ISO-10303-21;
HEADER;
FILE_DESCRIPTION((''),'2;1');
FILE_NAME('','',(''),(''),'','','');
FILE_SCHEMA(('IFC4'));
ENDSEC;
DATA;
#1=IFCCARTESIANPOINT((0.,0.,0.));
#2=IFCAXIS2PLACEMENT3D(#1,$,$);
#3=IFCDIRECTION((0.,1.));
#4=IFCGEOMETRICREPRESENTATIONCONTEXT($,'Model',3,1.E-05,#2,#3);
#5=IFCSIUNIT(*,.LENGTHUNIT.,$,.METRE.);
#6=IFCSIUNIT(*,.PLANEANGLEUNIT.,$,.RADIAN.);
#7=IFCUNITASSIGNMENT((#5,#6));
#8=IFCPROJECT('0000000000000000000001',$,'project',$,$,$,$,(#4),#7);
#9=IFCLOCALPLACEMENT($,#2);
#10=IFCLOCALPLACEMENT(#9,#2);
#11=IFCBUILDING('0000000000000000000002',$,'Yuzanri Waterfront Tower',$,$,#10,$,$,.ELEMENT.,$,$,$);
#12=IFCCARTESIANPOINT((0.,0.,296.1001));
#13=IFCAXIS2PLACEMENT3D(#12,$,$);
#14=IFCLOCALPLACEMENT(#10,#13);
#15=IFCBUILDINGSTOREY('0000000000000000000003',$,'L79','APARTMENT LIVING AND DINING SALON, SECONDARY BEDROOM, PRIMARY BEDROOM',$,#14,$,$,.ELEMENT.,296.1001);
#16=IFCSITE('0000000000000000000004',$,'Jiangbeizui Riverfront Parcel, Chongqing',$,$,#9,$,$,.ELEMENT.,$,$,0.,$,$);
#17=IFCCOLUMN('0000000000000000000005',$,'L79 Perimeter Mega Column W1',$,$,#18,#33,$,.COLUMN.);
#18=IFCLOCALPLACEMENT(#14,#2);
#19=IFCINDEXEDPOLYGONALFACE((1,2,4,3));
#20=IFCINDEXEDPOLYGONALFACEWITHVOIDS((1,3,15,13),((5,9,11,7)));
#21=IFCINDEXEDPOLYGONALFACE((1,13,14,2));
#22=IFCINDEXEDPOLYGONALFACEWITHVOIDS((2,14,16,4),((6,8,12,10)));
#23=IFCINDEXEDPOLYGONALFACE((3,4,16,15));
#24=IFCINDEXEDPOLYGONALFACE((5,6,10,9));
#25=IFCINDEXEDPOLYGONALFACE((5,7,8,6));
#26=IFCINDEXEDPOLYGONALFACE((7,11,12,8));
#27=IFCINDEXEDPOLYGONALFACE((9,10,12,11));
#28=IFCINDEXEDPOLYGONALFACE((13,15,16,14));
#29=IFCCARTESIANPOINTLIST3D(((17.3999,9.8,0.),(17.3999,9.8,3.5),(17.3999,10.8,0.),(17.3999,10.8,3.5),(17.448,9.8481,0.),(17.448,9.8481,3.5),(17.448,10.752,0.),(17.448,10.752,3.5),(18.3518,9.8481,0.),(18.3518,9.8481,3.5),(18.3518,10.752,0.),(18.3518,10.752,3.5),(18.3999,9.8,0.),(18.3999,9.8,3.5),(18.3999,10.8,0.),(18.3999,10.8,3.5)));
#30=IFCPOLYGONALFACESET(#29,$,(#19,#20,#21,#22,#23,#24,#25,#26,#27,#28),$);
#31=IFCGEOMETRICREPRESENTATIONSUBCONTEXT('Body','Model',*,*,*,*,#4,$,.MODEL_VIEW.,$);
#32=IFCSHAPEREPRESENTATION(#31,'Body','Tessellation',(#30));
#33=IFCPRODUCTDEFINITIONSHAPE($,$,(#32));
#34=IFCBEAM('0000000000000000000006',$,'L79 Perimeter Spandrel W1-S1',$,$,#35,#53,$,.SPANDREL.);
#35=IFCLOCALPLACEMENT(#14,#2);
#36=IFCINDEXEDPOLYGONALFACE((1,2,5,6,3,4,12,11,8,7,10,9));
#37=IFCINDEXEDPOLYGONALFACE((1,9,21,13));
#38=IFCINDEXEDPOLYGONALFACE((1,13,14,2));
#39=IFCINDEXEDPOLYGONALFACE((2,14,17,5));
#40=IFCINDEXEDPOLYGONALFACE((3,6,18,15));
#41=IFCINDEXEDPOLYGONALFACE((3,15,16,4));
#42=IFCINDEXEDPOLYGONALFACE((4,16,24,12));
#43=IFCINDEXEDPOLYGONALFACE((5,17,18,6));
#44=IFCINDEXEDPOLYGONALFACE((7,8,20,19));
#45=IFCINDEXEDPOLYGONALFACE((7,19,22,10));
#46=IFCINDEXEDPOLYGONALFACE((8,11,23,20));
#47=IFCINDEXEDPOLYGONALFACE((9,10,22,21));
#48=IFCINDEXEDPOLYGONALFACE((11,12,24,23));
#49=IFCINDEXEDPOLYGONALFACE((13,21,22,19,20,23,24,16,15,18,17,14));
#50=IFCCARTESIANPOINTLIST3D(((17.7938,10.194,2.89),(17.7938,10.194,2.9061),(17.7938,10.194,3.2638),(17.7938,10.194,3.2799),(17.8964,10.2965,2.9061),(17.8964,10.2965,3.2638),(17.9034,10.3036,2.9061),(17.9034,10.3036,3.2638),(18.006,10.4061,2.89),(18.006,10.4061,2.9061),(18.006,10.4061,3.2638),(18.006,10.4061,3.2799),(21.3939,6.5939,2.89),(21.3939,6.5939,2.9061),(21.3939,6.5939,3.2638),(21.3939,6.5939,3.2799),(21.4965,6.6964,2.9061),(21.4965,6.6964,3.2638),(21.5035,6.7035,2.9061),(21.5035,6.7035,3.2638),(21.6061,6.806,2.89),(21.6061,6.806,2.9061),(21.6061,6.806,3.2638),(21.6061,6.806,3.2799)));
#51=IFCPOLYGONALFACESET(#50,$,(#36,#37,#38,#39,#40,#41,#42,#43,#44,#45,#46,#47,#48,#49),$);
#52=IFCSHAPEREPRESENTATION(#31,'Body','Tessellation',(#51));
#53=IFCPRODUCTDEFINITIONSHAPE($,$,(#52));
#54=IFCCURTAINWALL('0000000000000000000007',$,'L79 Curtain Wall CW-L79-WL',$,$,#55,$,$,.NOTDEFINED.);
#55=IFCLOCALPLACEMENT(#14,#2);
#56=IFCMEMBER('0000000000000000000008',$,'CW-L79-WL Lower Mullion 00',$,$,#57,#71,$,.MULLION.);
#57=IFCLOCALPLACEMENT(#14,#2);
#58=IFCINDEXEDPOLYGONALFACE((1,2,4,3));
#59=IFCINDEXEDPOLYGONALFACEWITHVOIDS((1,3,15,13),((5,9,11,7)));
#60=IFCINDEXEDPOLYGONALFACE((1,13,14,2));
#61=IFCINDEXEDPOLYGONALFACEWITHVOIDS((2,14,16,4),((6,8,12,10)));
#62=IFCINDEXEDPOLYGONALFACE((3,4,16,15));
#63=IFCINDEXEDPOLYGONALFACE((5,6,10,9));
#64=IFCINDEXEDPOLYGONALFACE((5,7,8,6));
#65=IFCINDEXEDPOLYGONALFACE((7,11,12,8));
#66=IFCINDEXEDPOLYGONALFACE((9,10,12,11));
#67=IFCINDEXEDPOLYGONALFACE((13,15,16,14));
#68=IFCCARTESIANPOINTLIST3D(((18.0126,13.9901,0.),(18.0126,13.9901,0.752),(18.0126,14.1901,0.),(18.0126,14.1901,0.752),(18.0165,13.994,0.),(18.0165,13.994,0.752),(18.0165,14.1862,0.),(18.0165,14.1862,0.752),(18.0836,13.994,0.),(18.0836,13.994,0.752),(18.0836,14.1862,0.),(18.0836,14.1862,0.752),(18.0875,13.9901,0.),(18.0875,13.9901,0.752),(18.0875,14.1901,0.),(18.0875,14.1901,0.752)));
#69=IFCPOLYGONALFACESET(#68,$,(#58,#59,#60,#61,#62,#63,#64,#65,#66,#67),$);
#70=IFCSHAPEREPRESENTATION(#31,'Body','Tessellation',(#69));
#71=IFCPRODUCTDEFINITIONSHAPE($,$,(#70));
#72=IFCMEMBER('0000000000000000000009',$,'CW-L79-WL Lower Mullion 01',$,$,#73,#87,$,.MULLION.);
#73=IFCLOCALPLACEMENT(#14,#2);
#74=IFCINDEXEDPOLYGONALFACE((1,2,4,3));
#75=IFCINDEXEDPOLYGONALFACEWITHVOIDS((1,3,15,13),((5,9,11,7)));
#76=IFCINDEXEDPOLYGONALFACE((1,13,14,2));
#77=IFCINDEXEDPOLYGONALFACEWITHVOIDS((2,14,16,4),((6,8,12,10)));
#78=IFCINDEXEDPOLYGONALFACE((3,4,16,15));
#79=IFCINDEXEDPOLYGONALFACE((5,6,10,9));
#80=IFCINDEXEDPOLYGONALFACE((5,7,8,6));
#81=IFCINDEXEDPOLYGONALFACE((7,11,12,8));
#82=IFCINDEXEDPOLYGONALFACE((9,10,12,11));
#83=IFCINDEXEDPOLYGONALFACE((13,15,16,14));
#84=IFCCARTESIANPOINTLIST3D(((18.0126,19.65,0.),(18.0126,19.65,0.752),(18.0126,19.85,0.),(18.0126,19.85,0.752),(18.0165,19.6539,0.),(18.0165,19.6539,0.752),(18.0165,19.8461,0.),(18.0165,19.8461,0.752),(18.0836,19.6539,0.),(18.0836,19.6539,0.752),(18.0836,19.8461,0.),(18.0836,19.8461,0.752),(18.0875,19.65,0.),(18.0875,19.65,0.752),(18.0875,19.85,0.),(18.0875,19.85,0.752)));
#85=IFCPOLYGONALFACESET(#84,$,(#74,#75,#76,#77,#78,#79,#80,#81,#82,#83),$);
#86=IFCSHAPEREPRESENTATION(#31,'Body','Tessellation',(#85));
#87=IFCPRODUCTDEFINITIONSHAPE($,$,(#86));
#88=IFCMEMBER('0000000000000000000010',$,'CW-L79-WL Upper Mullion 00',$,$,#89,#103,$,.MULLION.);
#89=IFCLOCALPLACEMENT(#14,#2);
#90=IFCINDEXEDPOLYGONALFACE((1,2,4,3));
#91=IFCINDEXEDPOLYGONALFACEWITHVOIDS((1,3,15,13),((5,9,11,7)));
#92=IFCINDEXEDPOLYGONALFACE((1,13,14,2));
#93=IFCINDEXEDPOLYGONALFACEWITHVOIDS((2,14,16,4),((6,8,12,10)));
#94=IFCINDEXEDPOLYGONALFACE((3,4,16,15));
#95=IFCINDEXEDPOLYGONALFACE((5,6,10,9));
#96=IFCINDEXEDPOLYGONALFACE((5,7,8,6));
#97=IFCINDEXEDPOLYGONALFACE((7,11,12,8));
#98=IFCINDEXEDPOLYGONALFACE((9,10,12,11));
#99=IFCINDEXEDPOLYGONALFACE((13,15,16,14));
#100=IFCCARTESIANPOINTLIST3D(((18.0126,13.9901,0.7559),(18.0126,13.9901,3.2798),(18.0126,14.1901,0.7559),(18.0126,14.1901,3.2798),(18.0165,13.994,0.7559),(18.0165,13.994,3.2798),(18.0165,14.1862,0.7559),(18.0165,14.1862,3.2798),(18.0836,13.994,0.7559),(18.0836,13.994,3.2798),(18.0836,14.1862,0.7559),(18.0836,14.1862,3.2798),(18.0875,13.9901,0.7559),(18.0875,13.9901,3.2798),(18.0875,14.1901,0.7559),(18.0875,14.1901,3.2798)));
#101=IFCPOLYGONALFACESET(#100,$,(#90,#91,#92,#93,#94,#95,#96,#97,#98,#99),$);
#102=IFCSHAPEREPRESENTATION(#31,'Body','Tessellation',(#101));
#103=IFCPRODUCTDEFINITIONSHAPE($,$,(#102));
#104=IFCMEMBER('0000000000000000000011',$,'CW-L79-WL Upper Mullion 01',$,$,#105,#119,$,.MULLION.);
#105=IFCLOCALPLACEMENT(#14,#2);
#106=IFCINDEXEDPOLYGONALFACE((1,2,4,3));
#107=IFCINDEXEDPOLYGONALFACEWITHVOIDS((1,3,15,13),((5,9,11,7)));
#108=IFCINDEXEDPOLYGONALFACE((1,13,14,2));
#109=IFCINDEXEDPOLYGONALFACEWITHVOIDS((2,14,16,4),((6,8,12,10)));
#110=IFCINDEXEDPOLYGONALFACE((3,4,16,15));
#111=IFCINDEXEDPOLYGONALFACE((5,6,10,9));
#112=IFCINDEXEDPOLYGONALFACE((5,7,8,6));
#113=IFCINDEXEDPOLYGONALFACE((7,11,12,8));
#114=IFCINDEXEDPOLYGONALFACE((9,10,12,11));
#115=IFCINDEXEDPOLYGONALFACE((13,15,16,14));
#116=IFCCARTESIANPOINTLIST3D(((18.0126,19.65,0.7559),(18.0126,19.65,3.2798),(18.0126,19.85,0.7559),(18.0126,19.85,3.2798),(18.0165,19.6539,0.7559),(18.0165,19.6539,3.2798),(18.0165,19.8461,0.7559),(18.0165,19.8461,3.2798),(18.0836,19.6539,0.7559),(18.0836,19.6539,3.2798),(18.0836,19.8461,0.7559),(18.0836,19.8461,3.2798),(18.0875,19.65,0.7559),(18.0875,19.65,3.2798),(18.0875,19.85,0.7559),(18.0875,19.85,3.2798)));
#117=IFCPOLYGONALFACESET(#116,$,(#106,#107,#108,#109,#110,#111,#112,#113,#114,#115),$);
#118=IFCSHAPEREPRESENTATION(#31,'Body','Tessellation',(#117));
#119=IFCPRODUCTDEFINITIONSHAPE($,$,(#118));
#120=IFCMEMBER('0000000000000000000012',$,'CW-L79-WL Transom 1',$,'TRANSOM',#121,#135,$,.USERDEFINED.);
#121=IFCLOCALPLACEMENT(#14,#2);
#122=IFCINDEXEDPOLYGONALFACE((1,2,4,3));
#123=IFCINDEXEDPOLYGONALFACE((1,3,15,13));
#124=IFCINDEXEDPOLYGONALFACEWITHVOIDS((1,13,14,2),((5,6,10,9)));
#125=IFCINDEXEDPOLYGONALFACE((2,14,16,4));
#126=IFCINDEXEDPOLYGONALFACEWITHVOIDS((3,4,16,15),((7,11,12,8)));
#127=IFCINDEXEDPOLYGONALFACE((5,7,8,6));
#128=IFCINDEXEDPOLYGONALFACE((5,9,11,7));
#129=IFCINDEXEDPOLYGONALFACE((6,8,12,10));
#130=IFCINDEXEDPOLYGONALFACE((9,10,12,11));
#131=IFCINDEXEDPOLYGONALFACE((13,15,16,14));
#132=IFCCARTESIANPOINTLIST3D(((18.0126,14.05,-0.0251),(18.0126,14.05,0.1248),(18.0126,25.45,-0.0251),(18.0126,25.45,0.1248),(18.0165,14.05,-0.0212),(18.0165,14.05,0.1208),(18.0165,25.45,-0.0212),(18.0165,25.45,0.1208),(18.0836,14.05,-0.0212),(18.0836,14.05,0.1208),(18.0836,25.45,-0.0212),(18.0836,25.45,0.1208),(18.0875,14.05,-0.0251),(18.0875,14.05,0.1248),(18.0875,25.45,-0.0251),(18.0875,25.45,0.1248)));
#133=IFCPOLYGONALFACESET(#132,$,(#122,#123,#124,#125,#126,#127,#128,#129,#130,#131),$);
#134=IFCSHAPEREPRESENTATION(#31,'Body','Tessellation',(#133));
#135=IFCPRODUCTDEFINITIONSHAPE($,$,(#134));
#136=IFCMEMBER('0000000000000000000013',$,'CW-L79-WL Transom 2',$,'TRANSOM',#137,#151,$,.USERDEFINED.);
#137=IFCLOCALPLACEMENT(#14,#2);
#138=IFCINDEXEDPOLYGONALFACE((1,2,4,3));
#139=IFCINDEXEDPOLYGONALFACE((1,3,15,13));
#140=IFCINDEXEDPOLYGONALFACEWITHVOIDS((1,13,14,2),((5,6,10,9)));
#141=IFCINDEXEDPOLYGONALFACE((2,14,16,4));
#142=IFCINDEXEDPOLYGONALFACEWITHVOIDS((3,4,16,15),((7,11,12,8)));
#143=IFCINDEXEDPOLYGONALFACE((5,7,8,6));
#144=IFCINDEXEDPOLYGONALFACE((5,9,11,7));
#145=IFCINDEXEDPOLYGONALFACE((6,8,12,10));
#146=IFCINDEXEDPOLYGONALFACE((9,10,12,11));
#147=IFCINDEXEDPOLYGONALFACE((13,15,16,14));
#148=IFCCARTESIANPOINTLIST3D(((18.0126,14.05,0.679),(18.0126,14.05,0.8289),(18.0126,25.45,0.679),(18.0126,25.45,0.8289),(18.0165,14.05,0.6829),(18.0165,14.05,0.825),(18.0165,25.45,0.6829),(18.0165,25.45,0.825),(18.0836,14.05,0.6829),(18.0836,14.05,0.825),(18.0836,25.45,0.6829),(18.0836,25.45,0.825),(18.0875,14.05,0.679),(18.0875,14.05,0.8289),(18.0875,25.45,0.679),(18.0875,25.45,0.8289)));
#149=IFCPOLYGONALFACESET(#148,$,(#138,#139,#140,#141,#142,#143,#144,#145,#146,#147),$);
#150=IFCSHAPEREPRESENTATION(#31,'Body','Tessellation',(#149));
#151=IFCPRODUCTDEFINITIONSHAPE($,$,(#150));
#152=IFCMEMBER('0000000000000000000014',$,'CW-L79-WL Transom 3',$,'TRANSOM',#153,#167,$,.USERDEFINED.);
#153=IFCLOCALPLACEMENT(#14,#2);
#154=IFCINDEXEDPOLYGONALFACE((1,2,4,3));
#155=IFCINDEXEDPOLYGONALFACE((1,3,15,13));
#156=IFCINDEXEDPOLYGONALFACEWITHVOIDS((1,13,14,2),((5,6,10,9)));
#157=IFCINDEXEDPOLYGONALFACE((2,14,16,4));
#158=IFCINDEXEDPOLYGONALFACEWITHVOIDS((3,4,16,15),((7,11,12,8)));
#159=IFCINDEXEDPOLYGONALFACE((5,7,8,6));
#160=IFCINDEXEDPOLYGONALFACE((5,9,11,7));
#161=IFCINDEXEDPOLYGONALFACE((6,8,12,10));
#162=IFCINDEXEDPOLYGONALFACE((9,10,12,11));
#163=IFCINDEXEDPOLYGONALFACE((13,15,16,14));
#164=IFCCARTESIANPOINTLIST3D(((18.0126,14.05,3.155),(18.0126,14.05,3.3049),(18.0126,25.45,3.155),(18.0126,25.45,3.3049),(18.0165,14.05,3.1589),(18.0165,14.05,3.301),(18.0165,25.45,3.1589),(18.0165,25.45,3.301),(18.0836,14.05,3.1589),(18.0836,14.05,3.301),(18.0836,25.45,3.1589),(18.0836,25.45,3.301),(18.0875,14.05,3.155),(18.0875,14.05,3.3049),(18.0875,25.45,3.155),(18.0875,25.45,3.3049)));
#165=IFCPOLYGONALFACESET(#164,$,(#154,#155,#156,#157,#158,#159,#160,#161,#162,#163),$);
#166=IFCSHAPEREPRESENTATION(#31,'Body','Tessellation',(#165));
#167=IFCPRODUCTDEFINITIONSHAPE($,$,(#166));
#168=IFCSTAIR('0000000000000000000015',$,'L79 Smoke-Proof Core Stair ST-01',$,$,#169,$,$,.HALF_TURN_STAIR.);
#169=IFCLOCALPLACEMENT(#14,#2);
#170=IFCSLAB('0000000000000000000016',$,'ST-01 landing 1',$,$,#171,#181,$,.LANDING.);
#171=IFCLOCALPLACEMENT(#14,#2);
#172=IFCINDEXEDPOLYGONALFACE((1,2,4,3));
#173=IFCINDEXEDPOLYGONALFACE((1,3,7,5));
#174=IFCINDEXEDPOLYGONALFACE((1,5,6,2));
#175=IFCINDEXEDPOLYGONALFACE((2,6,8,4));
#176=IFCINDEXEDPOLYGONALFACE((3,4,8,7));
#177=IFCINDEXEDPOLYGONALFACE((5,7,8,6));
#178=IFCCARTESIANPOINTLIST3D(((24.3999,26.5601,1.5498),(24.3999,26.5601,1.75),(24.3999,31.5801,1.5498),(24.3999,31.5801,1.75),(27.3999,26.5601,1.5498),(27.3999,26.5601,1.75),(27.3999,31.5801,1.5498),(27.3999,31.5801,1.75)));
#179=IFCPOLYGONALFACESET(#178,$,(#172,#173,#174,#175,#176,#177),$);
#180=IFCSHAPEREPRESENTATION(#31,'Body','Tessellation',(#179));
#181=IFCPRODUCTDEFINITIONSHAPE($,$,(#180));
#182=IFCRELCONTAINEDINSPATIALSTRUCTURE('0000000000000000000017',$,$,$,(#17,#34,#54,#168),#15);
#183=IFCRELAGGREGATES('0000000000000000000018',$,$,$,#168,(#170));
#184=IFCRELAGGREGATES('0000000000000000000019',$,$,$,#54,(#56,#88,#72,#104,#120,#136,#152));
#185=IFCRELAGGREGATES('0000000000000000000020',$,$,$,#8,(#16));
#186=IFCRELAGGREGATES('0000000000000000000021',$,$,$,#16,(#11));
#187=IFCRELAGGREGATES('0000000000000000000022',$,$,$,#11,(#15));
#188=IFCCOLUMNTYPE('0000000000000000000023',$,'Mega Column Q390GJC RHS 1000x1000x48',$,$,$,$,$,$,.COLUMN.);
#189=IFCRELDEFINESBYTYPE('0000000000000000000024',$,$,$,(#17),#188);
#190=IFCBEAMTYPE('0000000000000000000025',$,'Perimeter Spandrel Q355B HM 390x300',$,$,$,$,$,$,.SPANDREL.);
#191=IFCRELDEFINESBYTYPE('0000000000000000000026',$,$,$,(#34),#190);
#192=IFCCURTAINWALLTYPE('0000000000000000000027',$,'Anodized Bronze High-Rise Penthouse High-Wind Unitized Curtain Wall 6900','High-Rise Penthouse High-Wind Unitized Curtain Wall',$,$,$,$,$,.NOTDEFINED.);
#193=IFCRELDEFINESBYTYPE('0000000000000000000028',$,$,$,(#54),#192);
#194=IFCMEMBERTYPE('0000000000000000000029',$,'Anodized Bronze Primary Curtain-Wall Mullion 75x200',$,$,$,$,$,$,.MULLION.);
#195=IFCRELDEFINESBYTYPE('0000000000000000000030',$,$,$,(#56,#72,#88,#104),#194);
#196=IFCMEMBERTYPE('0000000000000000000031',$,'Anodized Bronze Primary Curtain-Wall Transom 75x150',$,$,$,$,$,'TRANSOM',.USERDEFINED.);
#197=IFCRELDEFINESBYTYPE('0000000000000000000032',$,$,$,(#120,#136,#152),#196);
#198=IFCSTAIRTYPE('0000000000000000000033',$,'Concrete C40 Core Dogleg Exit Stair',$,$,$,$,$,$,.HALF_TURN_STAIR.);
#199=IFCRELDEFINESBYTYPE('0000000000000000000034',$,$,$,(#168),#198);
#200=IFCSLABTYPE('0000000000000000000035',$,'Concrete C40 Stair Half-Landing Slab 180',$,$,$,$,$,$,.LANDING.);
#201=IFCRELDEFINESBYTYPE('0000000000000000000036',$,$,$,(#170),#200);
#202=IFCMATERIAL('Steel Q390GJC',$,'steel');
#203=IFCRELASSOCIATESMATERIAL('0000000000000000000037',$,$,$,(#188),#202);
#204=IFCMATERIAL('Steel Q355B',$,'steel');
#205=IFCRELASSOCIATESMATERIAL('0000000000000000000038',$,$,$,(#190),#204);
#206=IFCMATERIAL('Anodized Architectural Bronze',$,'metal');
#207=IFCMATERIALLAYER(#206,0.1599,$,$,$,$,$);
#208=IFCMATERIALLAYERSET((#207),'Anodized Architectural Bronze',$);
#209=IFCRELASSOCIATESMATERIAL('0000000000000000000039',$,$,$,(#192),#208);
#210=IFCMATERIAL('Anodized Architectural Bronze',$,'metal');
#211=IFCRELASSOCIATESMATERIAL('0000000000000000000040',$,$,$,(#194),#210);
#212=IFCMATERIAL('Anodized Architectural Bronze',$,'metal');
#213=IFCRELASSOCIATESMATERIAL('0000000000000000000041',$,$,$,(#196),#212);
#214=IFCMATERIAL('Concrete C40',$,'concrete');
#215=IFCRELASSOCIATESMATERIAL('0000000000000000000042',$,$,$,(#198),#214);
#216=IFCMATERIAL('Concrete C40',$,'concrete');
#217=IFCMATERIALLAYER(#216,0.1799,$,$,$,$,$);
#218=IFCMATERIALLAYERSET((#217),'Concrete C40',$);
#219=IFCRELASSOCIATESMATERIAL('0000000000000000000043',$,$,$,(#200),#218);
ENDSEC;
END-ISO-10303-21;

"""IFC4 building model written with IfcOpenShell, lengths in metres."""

from ifc_helpers import new_model, si_unit, direction, frame, origin, origin_2d, place, context, subcontext, project, spatial, polyline, hollow_rectangle, i_section, outline, extrude, source, transform, mapped, material, layer, layer_set, material_profile, profile_set, type_object, element, aggregate, save


model = new_model("IFC4")

# Units and contexts
model_context = context("Model", 3, precision=1e-05, world=origin(), true_north=direction((0.0, 1.0)))
body_context = subcontext(model_context, "Body", "Model", "MODEL_VIEW")
ifc_project = project(units=[si_unit("LENGTHUNIT", "METRE"), si_unit("PLANEANGLEUNIT", "RADIAN")], contexts=[model_context])

# Site, building, storey
site_placement = place(None, origin())
site = spatial("IfcSite", under=ifc_project, at=site_placement, Name="Jiangbeizui Riverfront Parcel, Chongqing", CompositionType="ELEMENT", RefElevation=0.0)
building_placement = place(site_placement, origin())
building = spatial("IfcBuilding", under=site, at=building_placement, Name="Yuzanri Waterfront Tower", CompositionType="ELEMENT")
storey_placement = place(building_placement, frame((0.0, 0.0, 296.1001)))
storey = spatial("IfcBuildingStorey", under=building, at=storey_placement, Name="L79", Description="APARTMENT LIVING AND DINING SALON, SECONDARY BEDROOM, PRIMARY BEDROOM", CompositionType="ELEMENT", Elevation=296.1001)

# Column
ifc_material_1 = material(Name="Steel Q390GJC", Category="steel")
ifc_material_profile_1 = material_profile(ifc_material_1, hollow_rectangle(XDim=1.0, YDim=1.0, WallThickness=0.0481, at=origin_2d()), Name="RHS 1000x1000x48")
ifc_profile_set_1 = profile_set([ifc_material_profile_1], Name="Steel Q390GJC")
column_type = type_object("IfcColumnType", Name="Mega Column Q390GJC RHS 1000x1000x48", PredefinedType="COLUMN", material=ifc_profile_set_1)
shared_shape_1 = source(origin(), body_context, "Body", "SweptSolid", [
    extrude(hollow_rectangle(XDim=1.0, YDim=1.0, WallThickness=0.0481, at=origin_2d()), origin(), (0.0, 0.0, 1.0), 3.5),
])
column_placement = place(storey_placement, frame((17.8999, 10.3, 0.0), z_axis=(0.0, 0.0, 1.0), x_axis=(1.0, 0.0, 0.0)))
element("IfcColumn", 1, at=column_placement, inside=storey, type_object=column_type, Name="L79 Perimeter Mega Column W1", PredefinedType="COLUMN", context=body_context, shape_type="MappedRepresentation", body=[
    mapped(shared_shape_1, transform((0.0, 0.0, 0.0), scale=1.0)),
])

# Beam
ifc_material_2 = material(Name="Steel Q355B", Category="steel")
ifc_material_profile_2 = material_profile(ifc_material_2, i_section(OverallWidth=0.3, OverallDepth=0.3899, WebThickness=0.01, FlangeThickness=0.0161, at=origin_2d()), Name="HM 390x300x10x16")
ifc_profile_set_2 = profile_set([ifc_material_profile_2], Name="Steel Q355B")
beam_type = type_object("IfcBeamType", Name="Perimeter Spandrel Q355B HM 390x300", PredefinedType="SPANDREL", material=ifc_profile_set_2)
shared_shape_2 = source(origin(), body_context, "Body", "SweptSolid", [
    extrude(i_section(OverallWidth=0.3, OverallDepth=0.3899, WebThickness=0.01, FlangeThickness=0.0161, at=origin_2d()), origin(), (0.0, 0.0, 1.0), 5.0913),
])
beam_placement = place(storey_placement, frame((17.8999, 10.3, 3.085), z_axis=(0.707107, -0.707107, 0.0), x_axis=(0.707107, 0.707107, 0.0)))
element("IfcBeam", 2, at=beam_placement, inside=storey, type_object=beam_type, Name="L79 Perimeter Spandrel W1-S1", PredefinedType="SPANDREL", context=body_context, shape_type="MappedRepresentation", body=[
    mapped(shared_shape_2, transform((0.0, 0.0, 0.0), scale=1.0)),
])

# Curtain wall, members
ifc_material_3 = material(Name="Anodized Architectural Bronze", Category="metal")
ifc_layer_1 = layer(ifc_material_3, 0.1599)
ifc_layer_set_1 = layer_set([ifc_layer_1], Name="Anodized Architectural Bronze")
curtain_wall_type = type_object("IfcCurtainWallType", Name="Anodized Bronze High-Rise Penthouse High-Wind Unitized Curtain Wall 6900", Description="High-Rise Penthouse High-Wind Unitized Curtain Wall", PredefinedType="NOTDEFINED", material=ifc_layer_set_1)
curtain_wall_placement = place(storey_placement, origin())
curtain_wall = element("IfcCurtainWall", 3, at=curtain_wall_placement, inside=storey, type_object=curtain_wall_type, Name="L79 Curtain Wall CW-L79-WL", PredefinedType="NOTDEFINED")
ifc_material_4 = material(Name="Anodized Architectural Bronze", Category="metal")
ifc_material_profile_3 = material_profile(ifc_material_4, hollow_rectangle(XDim=0.075, YDim=0.2, WallThickness=0.0039, at=origin_2d()), Name="CWM 75x200")
ifc_profile_set_3 = profile_set([ifc_material_profile_3], Name="Anodized Architectural Bronze")
member_type_1 = type_object("IfcMemberType", Name="Anodized Bronze Primary Curtain-Wall Mullion 75x200", PredefinedType="MULLION", material=ifc_profile_set_3)
shared_shape_3 = source(origin(), body_context, "Body", "SweptSolid", [
    extrude(hollow_rectangle(XDim=0.075, YDim=0.2, WallThickness=0.0039, at=origin_2d()), origin(), (0.0, 0.0, 1.0), 0.752),
])
member_1_placement = place(storey_placement, frame((18.05, 14.0901, 0.0), z_axis=(0.0, 0.0, 1.0), x_axis=(1.0, 0.0, 0.0)))
member_1 = element("IfcMember", 4, at=member_1_placement, type_object=member_type_1, Name="CW-L79-WL Lower Mullion 00", PredefinedType="MULLION", context=body_context, shape_type="MappedRepresentation", body=[
    mapped(shared_shape_3, transform((0.0, 0.0, 0.0), scale=1.0)),
])
member_2_placement = place(storey_placement, frame((18.05, 19.75, 0.0), z_axis=(0.0, 0.0, 1.0), x_axis=(1.0, 0.0, 0.0)))
member_2 = element("IfcMember", 5, at=member_2_placement, type_object=member_type_1, Name="CW-L79-WL Lower Mullion 01", PredefinedType="MULLION", context=body_context, shape_type="MappedRepresentation", body=[
    mapped(shared_shape_3, transform((0.0, 0.0, 0.0), scale=1.0)),
])
shared_shape_4 = source(origin(), body_context, "Body", "SweptSolid", [
    extrude(hollow_rectangle(XDim=0.075, YDim=0.2, WallThickness=0.0039, at=origin_2d()), origin(), (0.0, 0.0, 1.0), 2.5239),
])
member_3_placement = place(storey_placement, frame((18.05, 14.0901, 0.7559), z_axis=(0.0, 0.0, 1.0), x_axis=(1.0, 0.0, 0.0)))
member_3 = element("IfcMember", 6, at=member_3_placement, type_object=member_type_1, Name="CW-L79-WL Upper Mullion 00", PredefinedType="MULLION", context=body_context, shape_type="MappedRepresentation", body=[
    mapped(shared_shape_4, transform((0.0, 0.0, 0.0), scale=1.0)),
])
member_4_placement = place(storey_placement, frame((18.05, 19.75, 0.7559), z_axis=(0.0, 0.0, 1.0), x_axis=(1.0, 0.0, 0.0)))
member_4 = element("IfcMember", 7, at=member_4_placement, type_object=member_type_1, Name="CW-L79-WL Upper Mullion 01", PredefinedType="MULLION", context=body_context, shape_type="MappedRepresentation", body=[
    mapped(shared_shape_4, transform((0.0, 0.0, 0.0), scale=1.0)),
])
ifc_material_5 = material(Name="Anodized Architectural Bronze", Category="metal")
ifc_material_profile_4 = material_profile(ifc_material_5, hollow_rectangle(XDim=0.075, YDim=0.1499, WallThickness=0.0039, at=origin_2d()), Name="CWT 75x150")
ifc_profile_set_4 = profile_set([ifc_material_profile_4], Name="Anodized Architectural Bronze")
member_type_2 = type_object("IfcMemberType", Name="Anodized Bronze Primary Curtain-Wall Transom 75x150", ElementType="TRANSOM", PredefinedType="USERDEFINED", material=ifc_profile_set_4)
shared_shape_5 = source(origin(), body_context, "Body", "SweptSolid", [
    extrude(hollow_rectangle(XDim=0.075, YDim=0.1499, WallThickness=0.0039, at=origin_2d()), origin(), (0.0, 0.0, 1.0), 11.3999),
])
member_5_placement = place(storey_placement, frame((18.05, 14.05, 0.0498), z_axis=(0.0, 1.0, 0.0), x_axis=(-1.0, 0.0, 0.0)))
member_5 = element("IfcMember", 8, at=member_5_placement, type_object=member_type_2, Name="CW-L79-WL Transom 1", ObjectType="TRANSOM", PredefinedType="USERDEFINED", context=body_context, shape_type="MappedRepresentation", body=[
    mapped(shared_shape_5, transform((0.0, 0.0, 0.0), scale=1.0)),
])
member_6_placement = place(storey_placement, frame((18.05, 14.05, 0.7539), z_axis=(0.0, 1.0, 0.0), x_axis=(-1.0, 0.0, 0.0)))
member_6 = element("IfcMember", 9, at=member_6_placement, type_object=member_type_2, Name="CW-L79-WL Transom 2", ObjectType="TRANSOM", PredefinedType="USERDEFINED", context=body_context, shape_type="MappedRepresentation", body=[
    mapped(shared_shape_5, transform((0.0, 0.0, 0.0), scale=1.0)),
])
member_7_placement = place(storey_placement, frame((18.05, 14.05, 3.23), z_axis=(0.0, 1.0, 0.0), x_axis=(-1.0, 0.0, 0.0)))
member_7 = element("IfcMember", 10, at=member_7_placement, type_object=member_type_2, Name="CW-L79-WL Transom 3", ObjectType="TRANSOM", PredefinedType="USERDEFINED", context=body_context, shape_type="MappedRepresentation", body=[
    mapped(shared_shape_5, transform((0.0, 0.0, 0.0), scale=1.0)),
])

# Stair, slab
ifc_material_6 = material(Name="Concrete C40", Category="concrete")
stair_type = type_object("IfcStairType", Name="Concrete C40 Core Dogleg Exit Stair", PredefinedType="HALF_TURN_STAIR", material=ifc_material_6)
stair_1_placement = place(storey_placement, origin())
stair_1 = element("IfcStair", 11, at=stair_1_placement, inside=storey, type_object=stair_type, Name="L79 Smoke-Proof Core Stair ST-01", PredefinedType="HALF_TURN_STAIR")
ifc_material_7 = material(Name="Concrete C40", Category="concrete")
ifc_layer_2 = layer(ifc_material_7, 0.1799)
ifc_layer_set_2 = layer_set([ifc_layer_2], Name="Concrete C40")
slab_type_1 = type_object("IfcSlabType", Name="Concrete C40 Stair Half-Landing Slab 180", PredefinedType="LANDING", material=ifc_layer_set_2)
slab_1_placement = place(storey_placement, frame((0.0, 0.0, 1.5498)))
slab_1 = element("IfcSlab", 12, at=slab_1_placement, type_object=slab_type_1, Name="ST-01 landing 1", PredefinedType="LANDING", context=body_context, shape_type="SweptSolid", body=[
    extrude(outline(polyline([(27.3999, 26.5601), (27.3999, 31.5801), (24.3999, 31.5801), (24.3999, 26.5601), (27.3999, 26.5601)])), origin(), (0.0, 0.0, 1.0), 0.2002),
])
aggregate(stair_1, [slab_1])

aggregate(curtain_wall, [member_1, member_3, member_2, member_4, member_5, member_6, member_7])

save(model, "model.ifc")
